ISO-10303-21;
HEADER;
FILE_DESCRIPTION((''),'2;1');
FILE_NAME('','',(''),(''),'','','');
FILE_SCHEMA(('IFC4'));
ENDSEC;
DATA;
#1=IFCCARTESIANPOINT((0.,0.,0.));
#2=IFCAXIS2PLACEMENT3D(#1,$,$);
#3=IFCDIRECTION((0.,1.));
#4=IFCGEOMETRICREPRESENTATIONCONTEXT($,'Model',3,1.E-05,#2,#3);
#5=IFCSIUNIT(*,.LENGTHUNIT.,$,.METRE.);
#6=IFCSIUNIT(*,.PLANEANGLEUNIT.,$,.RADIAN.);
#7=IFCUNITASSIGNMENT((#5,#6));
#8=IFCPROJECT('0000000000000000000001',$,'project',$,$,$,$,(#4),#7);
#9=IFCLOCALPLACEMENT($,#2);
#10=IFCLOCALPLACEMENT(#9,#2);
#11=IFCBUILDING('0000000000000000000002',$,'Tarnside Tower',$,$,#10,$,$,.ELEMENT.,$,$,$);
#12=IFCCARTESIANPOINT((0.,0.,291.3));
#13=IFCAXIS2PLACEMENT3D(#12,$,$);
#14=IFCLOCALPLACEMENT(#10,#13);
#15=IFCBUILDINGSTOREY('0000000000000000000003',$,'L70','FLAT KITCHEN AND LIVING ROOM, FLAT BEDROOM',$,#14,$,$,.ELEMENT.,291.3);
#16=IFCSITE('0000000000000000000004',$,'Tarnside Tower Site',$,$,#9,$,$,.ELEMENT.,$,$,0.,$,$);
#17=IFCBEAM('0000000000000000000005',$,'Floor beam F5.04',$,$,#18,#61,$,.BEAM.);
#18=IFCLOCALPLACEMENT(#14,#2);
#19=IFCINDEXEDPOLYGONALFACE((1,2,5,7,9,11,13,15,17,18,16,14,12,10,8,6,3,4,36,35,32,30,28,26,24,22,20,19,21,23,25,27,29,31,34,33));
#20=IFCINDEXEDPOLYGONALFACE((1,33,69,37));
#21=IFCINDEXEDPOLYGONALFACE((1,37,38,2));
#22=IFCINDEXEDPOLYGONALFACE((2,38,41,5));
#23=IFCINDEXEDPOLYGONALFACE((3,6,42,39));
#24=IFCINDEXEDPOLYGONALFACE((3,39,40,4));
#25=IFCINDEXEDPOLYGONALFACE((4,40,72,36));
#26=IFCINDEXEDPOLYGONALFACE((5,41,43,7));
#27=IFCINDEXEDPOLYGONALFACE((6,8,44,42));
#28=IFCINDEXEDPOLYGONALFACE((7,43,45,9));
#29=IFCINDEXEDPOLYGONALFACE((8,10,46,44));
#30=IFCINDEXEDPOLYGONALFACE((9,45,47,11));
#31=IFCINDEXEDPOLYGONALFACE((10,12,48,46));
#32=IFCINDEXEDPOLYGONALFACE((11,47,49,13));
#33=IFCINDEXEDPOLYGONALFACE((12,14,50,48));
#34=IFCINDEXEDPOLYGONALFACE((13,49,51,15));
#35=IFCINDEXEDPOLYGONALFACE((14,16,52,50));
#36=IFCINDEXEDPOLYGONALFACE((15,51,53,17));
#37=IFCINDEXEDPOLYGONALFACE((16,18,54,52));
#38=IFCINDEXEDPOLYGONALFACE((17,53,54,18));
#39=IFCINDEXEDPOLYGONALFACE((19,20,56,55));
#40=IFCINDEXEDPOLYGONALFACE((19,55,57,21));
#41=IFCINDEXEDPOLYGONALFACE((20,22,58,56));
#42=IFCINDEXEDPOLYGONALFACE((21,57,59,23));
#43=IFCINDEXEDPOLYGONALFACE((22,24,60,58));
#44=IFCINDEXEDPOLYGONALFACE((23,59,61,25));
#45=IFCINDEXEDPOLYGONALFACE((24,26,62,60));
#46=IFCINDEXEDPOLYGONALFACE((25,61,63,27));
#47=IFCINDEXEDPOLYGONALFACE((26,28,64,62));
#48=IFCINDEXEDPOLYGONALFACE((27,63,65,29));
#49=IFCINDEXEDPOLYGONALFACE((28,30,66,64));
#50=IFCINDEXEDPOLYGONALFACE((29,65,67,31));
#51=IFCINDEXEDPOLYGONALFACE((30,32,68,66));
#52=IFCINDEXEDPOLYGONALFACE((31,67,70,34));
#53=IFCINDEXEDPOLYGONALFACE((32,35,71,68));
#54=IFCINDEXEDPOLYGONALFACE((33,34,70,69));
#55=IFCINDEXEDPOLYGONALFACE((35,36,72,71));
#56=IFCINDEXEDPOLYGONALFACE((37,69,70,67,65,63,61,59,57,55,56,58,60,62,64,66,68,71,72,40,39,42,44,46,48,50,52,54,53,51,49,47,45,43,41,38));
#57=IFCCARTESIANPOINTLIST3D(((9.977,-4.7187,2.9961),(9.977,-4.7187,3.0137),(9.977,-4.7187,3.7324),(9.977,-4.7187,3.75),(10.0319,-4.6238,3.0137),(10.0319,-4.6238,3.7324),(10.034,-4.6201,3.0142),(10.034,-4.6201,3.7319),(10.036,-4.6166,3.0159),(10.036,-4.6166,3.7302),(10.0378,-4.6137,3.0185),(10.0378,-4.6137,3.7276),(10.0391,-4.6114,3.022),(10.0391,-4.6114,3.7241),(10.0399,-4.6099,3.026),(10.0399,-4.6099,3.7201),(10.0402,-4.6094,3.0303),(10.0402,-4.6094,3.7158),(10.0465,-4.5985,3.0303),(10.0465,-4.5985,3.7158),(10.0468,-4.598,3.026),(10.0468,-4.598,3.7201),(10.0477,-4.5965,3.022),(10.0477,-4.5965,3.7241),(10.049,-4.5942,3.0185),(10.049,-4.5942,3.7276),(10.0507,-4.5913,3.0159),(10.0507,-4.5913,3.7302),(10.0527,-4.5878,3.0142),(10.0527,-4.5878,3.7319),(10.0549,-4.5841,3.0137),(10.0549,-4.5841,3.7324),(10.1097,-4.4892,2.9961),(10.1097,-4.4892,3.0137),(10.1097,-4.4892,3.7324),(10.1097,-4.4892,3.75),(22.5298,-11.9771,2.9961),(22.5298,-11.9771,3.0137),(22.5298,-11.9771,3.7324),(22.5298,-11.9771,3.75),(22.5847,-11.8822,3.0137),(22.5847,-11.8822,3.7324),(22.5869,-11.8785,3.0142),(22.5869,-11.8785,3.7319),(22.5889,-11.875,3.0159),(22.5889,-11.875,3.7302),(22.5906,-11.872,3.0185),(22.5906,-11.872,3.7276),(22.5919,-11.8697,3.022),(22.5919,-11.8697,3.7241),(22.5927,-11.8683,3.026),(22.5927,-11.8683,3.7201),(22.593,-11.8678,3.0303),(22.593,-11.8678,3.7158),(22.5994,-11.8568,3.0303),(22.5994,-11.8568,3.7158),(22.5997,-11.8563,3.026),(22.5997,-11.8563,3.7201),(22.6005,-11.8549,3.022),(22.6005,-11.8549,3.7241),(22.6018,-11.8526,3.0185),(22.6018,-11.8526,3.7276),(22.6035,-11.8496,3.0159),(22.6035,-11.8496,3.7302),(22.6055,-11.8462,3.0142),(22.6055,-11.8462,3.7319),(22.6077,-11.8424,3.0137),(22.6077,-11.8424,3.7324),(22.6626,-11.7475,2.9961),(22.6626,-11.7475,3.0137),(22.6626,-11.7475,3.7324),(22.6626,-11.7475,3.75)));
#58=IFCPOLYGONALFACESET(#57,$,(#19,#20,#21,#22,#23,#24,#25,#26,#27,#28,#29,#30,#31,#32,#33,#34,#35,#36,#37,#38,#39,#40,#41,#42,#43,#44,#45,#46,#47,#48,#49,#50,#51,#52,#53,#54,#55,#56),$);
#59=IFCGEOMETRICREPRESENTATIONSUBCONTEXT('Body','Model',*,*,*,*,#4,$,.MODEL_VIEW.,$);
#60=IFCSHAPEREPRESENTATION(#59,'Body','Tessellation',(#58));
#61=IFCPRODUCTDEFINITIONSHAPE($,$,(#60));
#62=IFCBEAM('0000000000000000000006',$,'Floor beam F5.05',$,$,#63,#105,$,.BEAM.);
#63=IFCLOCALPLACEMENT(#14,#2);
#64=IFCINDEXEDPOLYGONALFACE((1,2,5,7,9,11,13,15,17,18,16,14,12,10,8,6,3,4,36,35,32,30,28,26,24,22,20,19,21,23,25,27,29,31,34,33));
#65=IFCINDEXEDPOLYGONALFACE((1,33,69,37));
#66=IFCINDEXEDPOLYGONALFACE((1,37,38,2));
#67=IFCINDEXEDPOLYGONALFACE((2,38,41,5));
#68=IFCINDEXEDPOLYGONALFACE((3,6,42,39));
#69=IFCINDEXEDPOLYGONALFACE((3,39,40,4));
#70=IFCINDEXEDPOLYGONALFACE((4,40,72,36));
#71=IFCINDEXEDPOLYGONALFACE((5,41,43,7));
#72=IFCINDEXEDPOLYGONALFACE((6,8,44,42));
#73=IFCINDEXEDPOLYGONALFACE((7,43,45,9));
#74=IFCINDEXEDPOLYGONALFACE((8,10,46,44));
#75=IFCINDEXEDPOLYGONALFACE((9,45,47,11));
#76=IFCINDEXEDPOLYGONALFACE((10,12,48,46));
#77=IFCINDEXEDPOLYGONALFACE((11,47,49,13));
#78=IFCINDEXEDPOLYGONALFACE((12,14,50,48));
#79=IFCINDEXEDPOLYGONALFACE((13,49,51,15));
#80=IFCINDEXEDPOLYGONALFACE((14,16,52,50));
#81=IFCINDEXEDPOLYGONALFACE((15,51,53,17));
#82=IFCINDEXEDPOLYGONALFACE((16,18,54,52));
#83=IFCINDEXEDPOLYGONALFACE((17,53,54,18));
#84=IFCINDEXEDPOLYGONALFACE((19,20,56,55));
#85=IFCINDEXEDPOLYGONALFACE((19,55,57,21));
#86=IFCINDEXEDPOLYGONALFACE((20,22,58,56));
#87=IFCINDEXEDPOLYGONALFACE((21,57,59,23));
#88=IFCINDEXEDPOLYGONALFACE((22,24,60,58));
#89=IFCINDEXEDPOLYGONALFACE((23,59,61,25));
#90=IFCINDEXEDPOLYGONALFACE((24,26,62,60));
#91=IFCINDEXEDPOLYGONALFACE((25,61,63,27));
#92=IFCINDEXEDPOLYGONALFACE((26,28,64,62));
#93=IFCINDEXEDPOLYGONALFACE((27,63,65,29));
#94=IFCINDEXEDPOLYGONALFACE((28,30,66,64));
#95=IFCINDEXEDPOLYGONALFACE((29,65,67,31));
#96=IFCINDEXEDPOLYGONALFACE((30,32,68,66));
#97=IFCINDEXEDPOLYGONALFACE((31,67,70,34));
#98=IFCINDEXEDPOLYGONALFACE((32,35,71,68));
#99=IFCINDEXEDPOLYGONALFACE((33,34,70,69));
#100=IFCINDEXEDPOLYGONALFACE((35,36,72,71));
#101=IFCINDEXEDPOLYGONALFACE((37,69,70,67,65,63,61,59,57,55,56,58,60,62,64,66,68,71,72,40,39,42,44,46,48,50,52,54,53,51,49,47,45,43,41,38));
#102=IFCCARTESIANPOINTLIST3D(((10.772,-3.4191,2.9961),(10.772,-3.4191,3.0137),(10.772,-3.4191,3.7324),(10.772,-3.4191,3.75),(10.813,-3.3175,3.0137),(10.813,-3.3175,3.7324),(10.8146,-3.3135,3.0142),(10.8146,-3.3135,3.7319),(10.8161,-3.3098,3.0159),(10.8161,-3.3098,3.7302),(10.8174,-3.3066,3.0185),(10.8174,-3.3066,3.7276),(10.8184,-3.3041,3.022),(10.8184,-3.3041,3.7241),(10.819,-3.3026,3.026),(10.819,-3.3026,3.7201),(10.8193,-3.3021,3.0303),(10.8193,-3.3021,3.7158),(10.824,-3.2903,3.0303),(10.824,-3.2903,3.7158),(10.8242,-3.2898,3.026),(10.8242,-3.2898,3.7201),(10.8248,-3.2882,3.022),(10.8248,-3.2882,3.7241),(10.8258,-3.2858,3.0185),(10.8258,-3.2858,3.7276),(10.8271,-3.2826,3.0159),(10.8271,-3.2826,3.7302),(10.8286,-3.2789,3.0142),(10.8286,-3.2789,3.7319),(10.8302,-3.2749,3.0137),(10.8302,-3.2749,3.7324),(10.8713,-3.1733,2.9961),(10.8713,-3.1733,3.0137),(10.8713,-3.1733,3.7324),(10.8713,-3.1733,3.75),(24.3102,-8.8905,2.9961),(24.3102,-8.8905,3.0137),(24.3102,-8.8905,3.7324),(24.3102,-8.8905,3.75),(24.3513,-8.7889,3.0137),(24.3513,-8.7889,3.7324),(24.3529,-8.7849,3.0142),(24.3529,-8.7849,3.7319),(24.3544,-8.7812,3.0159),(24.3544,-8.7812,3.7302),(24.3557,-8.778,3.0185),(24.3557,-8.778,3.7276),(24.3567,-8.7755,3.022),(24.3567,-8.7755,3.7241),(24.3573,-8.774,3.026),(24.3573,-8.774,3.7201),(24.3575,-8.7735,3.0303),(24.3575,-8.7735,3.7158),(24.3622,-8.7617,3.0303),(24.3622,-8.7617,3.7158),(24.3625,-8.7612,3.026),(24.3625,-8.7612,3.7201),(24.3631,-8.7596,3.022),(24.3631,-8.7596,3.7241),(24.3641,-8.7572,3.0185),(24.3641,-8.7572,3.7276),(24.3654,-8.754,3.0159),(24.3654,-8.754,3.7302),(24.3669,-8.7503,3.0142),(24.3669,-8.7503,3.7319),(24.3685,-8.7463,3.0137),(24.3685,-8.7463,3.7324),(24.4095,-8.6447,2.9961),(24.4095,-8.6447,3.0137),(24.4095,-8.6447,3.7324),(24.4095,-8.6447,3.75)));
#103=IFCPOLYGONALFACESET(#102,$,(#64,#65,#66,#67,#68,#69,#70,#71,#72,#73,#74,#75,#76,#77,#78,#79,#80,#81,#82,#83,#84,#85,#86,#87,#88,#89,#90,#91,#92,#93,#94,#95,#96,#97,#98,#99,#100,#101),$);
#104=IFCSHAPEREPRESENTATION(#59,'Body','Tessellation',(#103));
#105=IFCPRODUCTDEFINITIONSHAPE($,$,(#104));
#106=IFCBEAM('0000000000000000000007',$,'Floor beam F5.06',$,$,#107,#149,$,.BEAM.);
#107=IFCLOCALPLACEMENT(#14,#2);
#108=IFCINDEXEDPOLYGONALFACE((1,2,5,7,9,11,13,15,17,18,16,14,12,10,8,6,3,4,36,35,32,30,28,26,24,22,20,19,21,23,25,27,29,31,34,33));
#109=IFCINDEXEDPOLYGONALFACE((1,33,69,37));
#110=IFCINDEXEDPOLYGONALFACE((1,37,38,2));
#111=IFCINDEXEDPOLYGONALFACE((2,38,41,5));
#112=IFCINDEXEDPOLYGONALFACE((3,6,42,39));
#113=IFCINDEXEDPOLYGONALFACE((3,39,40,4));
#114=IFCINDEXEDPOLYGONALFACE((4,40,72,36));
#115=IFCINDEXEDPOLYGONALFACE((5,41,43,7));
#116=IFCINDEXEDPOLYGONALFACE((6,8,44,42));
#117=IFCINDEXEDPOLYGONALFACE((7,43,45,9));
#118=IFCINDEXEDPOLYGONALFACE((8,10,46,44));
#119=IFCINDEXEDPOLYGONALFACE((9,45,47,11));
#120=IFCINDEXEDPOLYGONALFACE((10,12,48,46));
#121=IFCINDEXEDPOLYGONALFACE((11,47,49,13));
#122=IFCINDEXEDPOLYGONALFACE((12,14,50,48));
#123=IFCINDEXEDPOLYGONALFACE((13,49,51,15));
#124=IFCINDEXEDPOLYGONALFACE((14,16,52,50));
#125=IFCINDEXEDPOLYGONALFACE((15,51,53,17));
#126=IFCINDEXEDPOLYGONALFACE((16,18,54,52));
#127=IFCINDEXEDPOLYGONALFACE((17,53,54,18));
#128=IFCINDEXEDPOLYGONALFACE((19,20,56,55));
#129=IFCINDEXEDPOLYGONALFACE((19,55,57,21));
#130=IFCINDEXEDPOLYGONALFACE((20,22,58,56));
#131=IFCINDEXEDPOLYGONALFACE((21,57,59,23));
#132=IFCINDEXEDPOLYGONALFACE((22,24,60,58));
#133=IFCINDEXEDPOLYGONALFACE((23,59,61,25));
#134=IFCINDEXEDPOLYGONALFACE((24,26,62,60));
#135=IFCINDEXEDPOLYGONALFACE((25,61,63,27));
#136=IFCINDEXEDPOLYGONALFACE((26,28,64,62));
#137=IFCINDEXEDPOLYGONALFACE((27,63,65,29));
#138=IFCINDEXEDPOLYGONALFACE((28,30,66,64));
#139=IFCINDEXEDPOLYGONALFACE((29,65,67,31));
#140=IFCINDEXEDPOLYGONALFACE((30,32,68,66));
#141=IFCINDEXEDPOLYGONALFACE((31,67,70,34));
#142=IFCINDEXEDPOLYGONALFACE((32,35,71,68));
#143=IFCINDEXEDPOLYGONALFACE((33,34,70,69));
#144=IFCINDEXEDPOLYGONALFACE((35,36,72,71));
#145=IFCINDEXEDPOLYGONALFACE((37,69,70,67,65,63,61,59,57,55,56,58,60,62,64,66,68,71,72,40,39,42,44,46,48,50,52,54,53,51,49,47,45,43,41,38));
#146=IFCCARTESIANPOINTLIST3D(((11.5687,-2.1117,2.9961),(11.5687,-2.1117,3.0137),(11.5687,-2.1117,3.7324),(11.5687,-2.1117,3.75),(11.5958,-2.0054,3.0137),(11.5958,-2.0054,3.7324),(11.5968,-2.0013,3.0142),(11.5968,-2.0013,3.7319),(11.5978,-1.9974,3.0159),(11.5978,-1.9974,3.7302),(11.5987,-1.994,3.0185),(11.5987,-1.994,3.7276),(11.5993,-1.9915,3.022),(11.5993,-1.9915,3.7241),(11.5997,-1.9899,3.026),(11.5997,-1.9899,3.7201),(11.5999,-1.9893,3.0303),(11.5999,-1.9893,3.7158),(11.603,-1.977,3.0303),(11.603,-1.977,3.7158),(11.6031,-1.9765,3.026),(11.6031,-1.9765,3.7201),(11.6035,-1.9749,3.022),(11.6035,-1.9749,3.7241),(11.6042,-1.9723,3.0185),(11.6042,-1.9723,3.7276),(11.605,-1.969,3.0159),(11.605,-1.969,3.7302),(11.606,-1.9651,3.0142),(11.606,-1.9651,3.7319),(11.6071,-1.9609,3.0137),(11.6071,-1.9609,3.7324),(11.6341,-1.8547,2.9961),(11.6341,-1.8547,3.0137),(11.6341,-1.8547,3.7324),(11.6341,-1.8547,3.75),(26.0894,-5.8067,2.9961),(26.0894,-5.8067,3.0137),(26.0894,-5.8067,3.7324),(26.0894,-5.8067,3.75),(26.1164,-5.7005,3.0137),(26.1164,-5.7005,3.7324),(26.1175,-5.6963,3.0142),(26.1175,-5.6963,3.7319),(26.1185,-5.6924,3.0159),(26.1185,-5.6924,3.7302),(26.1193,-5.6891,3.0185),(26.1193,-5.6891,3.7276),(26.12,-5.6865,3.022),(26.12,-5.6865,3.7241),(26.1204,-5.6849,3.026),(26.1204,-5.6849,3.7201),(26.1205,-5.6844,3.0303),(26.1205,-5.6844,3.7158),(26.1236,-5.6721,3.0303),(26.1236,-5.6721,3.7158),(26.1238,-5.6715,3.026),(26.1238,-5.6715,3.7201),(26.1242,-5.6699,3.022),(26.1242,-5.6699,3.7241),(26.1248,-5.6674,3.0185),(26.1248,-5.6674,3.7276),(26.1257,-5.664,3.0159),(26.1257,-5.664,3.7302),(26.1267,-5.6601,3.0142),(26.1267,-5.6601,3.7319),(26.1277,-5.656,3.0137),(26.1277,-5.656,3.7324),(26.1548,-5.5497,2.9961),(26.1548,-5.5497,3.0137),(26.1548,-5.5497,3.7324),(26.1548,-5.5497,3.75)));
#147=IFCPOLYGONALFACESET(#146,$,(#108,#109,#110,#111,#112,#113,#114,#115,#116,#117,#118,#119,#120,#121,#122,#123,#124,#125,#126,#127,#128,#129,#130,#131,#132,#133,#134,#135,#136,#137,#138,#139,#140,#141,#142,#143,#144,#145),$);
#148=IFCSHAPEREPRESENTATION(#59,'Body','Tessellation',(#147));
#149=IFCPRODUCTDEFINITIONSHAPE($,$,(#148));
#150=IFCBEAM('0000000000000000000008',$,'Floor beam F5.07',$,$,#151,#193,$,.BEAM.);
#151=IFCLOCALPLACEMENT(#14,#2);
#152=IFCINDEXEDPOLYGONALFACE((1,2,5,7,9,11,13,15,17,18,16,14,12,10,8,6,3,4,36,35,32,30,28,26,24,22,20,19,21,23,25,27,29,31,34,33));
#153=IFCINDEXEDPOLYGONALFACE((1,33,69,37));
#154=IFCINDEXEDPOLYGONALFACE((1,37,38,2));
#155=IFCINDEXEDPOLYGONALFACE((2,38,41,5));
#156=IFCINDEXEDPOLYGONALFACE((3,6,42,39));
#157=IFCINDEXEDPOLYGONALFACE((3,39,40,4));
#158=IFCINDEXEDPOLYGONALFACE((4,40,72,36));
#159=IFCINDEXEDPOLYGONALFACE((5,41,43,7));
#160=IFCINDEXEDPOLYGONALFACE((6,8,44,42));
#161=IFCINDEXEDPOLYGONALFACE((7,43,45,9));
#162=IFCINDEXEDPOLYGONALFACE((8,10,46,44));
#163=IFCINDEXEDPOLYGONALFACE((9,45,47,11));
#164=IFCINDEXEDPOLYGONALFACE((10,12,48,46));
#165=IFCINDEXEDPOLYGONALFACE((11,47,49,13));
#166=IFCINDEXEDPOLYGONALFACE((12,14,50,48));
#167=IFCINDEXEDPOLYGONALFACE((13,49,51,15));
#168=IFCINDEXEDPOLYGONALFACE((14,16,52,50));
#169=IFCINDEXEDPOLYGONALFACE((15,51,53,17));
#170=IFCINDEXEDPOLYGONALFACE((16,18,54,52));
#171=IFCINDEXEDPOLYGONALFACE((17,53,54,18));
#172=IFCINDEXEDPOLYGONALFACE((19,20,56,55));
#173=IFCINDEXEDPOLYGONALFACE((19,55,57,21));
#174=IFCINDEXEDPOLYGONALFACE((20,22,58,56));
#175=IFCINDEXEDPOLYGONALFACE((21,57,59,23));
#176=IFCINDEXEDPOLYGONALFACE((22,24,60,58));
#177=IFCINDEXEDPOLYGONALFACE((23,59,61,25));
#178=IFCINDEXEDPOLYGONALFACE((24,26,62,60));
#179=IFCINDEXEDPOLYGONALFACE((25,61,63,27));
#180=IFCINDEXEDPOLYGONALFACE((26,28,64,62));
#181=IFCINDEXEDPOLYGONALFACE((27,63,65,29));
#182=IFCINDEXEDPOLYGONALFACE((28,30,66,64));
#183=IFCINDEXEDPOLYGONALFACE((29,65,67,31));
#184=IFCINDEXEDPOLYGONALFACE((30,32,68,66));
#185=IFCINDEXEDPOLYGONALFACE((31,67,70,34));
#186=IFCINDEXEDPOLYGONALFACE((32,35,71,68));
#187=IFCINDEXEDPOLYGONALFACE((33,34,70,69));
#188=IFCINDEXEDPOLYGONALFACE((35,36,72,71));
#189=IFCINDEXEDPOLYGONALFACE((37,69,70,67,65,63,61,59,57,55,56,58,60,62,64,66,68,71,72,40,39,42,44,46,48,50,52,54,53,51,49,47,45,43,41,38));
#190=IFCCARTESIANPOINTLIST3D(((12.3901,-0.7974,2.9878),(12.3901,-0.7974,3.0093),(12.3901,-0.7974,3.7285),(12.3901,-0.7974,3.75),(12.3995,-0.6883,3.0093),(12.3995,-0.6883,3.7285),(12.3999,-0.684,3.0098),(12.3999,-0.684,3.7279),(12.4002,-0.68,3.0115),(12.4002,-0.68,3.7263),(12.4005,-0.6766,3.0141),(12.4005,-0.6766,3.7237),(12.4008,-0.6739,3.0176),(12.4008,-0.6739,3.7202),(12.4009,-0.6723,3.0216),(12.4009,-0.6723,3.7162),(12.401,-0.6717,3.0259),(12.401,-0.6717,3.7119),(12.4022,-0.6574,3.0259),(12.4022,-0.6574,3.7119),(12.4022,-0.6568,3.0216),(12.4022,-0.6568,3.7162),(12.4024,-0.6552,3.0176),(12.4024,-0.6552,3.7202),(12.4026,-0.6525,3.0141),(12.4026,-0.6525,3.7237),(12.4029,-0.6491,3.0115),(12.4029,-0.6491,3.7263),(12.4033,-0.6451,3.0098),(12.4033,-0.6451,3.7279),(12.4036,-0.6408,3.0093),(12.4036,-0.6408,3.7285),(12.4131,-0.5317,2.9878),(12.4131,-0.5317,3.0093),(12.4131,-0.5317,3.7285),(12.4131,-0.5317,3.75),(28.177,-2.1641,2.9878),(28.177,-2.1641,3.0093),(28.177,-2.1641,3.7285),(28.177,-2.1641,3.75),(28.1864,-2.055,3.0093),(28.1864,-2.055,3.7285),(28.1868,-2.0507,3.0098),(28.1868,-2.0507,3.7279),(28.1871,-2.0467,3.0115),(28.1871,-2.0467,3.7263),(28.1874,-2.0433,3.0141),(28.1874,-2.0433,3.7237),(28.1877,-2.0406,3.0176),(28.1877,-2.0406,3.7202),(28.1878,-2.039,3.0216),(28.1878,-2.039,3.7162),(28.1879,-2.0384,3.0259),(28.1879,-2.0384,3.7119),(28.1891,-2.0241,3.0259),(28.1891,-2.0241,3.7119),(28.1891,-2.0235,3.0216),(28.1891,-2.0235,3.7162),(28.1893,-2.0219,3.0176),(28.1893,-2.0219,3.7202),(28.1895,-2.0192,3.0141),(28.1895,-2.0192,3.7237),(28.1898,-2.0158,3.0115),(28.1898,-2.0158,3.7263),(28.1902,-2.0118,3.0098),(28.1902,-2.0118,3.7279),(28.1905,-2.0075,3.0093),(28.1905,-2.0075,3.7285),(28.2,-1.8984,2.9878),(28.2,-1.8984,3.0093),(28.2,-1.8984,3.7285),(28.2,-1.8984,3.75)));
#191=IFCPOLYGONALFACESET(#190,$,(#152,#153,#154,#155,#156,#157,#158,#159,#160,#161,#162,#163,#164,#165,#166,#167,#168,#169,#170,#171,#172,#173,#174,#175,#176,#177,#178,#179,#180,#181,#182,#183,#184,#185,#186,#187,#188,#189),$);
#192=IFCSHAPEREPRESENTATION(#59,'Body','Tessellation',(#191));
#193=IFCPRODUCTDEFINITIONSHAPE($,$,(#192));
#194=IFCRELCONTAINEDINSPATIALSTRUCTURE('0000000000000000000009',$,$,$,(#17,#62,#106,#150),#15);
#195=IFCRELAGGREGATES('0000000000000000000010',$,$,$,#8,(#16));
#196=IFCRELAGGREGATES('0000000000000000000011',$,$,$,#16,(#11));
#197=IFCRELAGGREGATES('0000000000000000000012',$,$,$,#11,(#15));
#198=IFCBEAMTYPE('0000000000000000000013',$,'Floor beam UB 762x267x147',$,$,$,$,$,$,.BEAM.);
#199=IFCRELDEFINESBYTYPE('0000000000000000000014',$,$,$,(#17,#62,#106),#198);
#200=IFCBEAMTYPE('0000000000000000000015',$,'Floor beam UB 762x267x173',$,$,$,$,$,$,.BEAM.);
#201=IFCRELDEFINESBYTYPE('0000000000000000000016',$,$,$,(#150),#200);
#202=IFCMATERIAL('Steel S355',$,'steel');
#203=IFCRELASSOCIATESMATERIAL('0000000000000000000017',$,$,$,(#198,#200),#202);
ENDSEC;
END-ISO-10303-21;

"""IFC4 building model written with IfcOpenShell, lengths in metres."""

from ifc_helpers import new_model, si_unit, direction, frame, origin, origin_2d, place, context, subcontext, project, spatial, i_section, extrude, material, material_profile, profile_set, type_object, element, save


model = new_model("IFC4")

# Units and contexts
model_context = context("Model", 3, precision=1e-05, world=origin(), true_north=direction((0.0, 1.0)))
body_context = subcontext(model_context, "Body", "Model", "MODEL_VIEW")
ifc_project = project(units=[si_unit("LENGTHUNIT", "METRE"), si_unit("PLANEANGLEUNIT", "RADIAN")], contexts=[model_context])

# Site, building, storey
site_placement = place(None, origin())
site = spatial("IfcSite", under=ifc_project, at=site_placement, Name="Tarnside Tower Site", CompositionType="ELEMENT", RefElevation=0.0)
building_placement = place(site_placement, origin())
building = spatial("IfcBuilding", under=site, at=building_placement, Name="Tarnside Tower", CompositionType="ELEMENT")
storey_placement = place(building_placement, frame((0.0, 0.0, 291.3)))
storey = spatial("IfcBuildingStorey", under=building, at=storey_placement, Name="L70", Description="FLAT KITCHEN AND LIVING ROOM, FLAT BEDROOM", CompositionType="ELEMENT", Elevation=291.3)

# Beams
ifc_material_1 = material(Name="Steel S355", Category="steel")
ifc_material_profile_1 = material_profile(ifc_material_1, i_section(OverallWidth=0.2651, OverallDepth=0.7539, WebThickness=0.0127, FlangeThickness=0.0176, FilletRadius=0.0166, at=origin_2d()), Name="UB 762x267x147")
ifc_profile_set_1 = profile_set([ifc_material_profile_1], Name="Steel S355")
beam_type_1 = type_object("IfcBeamType", Name="Floor beam UB 762x267x147", PredefinedType="BEAM", material=ifc_profile_set_1)
beam_1_placement = place(storey_placement, frame((22.5962, -11.8623, 3.373), z_axis=(-0.865697, 0.500568, 0.0), x_axis=(-0.500568, -0.865697, 0.0)))
element("IfcBeam", 1, at=beam_1_placement, inside=storey, type_object=beam_type_1, Name="Floor beam F5.04", PredefinedType="BEAM", context=body_context, shape_type="SweptSolid", body=[
    extrude(i_section(OverallWidth=0.2651, OverallDepth=0.7539, WebThickness=0.0127, FlangeThickness=0.0176, FilletRadius=0.0166, at=origin_2d()), origin(), (0.0, 0.0, 1.0), 14.5002),
])
beam_2_placement = place(storey_placement, frame((24.3599, -8.7676, 3.373), z_axis=(-0.927146, 0.374701, 0.0), x_axis=(-0.374701, -0.927146, 0.0)))
element("IfcBeam", 2, at=beam_2_placement, inside=storey, type_object=beam_type_1, Name="Floor beam F5.05", PredefinedType="BEAM", context=body_context, shape_type="SweptSolid", body=[
    extrude(i_section(OverallWidth=0.2651, OverallDepth=0.7539, WebThickness=0.0127, FlangeThickness=0.0176, FilletRadius=0.0166, at=origin_2d()), origin(), (0.0, 0.0, 1.0), 14.6021),
])
beam_3_placement = place(storey_placement, frame((26.1221, -5.6782, 3.373), z_axis=(-0.969115, 0.246609, 0.0), x_axis=(-0.246609, -0.969115, 0.0)))
element("IfcBeam", 3, at=beam_3_placement, inside=storey, type_object=beam_type_1, Name="Floor beam F5.06", PredefinedType="BEAM", context=body_context, shape_type="SweptSolid", body=[
    extrude(i_section(OverallWidth=0.2651, OverallDepth=0.7539, WebThickness=0.0127, FlangeThickness=0.0176, FilletRadius=0.0166, at=origin_2d()), origin(), (0.0, 0.0, 1.0), 14.9834),
])
ifc_material_profile_2 = material_profile(ifc_material_1, i_section(OverallWidth=0.2666, OverallDepth=0.7622, WebThickness=0.0144, FlangeThickness=0.0215, FilletRadius=0.0166, at=origin_2d()), Name="UB 762x267x173")
ifc_profile_set_2 = profile_set([ifc_material_profile_2], Name="Steel S355")
beam_type_2 = type_object("IfcBeamType", Name="Floor beam UB 762x267x173", PredefinedType="BEAM", material=ifc_profile_set_2)
beam_4_placement = place(storey_placement, frame((28.1885, -2.0312, 3.3689), z_axis=(-0.996274, 0.086249, 0.0), x_axis=(-0.086249, -0.996274, 0.0)))
element("IfcBeam", 4, at=beam_4_placement, inside=storey, type_object=beam_type_2, Name="Floor beam F5.07", PredefinedType="BEAM", context=body_context, shape_type="SweptSolid", body=[
    extrude(i_section(OverallWidth=0.2666, OverallDepth=0.7622, WebThickness=0.0144, FlangeThickness=0.0215, FilletRadius=0.0166, at=origin_2d()), origin(), (0.0, 0.0, 1.0), 15.8459),
])

save(model, "model.ifc")
